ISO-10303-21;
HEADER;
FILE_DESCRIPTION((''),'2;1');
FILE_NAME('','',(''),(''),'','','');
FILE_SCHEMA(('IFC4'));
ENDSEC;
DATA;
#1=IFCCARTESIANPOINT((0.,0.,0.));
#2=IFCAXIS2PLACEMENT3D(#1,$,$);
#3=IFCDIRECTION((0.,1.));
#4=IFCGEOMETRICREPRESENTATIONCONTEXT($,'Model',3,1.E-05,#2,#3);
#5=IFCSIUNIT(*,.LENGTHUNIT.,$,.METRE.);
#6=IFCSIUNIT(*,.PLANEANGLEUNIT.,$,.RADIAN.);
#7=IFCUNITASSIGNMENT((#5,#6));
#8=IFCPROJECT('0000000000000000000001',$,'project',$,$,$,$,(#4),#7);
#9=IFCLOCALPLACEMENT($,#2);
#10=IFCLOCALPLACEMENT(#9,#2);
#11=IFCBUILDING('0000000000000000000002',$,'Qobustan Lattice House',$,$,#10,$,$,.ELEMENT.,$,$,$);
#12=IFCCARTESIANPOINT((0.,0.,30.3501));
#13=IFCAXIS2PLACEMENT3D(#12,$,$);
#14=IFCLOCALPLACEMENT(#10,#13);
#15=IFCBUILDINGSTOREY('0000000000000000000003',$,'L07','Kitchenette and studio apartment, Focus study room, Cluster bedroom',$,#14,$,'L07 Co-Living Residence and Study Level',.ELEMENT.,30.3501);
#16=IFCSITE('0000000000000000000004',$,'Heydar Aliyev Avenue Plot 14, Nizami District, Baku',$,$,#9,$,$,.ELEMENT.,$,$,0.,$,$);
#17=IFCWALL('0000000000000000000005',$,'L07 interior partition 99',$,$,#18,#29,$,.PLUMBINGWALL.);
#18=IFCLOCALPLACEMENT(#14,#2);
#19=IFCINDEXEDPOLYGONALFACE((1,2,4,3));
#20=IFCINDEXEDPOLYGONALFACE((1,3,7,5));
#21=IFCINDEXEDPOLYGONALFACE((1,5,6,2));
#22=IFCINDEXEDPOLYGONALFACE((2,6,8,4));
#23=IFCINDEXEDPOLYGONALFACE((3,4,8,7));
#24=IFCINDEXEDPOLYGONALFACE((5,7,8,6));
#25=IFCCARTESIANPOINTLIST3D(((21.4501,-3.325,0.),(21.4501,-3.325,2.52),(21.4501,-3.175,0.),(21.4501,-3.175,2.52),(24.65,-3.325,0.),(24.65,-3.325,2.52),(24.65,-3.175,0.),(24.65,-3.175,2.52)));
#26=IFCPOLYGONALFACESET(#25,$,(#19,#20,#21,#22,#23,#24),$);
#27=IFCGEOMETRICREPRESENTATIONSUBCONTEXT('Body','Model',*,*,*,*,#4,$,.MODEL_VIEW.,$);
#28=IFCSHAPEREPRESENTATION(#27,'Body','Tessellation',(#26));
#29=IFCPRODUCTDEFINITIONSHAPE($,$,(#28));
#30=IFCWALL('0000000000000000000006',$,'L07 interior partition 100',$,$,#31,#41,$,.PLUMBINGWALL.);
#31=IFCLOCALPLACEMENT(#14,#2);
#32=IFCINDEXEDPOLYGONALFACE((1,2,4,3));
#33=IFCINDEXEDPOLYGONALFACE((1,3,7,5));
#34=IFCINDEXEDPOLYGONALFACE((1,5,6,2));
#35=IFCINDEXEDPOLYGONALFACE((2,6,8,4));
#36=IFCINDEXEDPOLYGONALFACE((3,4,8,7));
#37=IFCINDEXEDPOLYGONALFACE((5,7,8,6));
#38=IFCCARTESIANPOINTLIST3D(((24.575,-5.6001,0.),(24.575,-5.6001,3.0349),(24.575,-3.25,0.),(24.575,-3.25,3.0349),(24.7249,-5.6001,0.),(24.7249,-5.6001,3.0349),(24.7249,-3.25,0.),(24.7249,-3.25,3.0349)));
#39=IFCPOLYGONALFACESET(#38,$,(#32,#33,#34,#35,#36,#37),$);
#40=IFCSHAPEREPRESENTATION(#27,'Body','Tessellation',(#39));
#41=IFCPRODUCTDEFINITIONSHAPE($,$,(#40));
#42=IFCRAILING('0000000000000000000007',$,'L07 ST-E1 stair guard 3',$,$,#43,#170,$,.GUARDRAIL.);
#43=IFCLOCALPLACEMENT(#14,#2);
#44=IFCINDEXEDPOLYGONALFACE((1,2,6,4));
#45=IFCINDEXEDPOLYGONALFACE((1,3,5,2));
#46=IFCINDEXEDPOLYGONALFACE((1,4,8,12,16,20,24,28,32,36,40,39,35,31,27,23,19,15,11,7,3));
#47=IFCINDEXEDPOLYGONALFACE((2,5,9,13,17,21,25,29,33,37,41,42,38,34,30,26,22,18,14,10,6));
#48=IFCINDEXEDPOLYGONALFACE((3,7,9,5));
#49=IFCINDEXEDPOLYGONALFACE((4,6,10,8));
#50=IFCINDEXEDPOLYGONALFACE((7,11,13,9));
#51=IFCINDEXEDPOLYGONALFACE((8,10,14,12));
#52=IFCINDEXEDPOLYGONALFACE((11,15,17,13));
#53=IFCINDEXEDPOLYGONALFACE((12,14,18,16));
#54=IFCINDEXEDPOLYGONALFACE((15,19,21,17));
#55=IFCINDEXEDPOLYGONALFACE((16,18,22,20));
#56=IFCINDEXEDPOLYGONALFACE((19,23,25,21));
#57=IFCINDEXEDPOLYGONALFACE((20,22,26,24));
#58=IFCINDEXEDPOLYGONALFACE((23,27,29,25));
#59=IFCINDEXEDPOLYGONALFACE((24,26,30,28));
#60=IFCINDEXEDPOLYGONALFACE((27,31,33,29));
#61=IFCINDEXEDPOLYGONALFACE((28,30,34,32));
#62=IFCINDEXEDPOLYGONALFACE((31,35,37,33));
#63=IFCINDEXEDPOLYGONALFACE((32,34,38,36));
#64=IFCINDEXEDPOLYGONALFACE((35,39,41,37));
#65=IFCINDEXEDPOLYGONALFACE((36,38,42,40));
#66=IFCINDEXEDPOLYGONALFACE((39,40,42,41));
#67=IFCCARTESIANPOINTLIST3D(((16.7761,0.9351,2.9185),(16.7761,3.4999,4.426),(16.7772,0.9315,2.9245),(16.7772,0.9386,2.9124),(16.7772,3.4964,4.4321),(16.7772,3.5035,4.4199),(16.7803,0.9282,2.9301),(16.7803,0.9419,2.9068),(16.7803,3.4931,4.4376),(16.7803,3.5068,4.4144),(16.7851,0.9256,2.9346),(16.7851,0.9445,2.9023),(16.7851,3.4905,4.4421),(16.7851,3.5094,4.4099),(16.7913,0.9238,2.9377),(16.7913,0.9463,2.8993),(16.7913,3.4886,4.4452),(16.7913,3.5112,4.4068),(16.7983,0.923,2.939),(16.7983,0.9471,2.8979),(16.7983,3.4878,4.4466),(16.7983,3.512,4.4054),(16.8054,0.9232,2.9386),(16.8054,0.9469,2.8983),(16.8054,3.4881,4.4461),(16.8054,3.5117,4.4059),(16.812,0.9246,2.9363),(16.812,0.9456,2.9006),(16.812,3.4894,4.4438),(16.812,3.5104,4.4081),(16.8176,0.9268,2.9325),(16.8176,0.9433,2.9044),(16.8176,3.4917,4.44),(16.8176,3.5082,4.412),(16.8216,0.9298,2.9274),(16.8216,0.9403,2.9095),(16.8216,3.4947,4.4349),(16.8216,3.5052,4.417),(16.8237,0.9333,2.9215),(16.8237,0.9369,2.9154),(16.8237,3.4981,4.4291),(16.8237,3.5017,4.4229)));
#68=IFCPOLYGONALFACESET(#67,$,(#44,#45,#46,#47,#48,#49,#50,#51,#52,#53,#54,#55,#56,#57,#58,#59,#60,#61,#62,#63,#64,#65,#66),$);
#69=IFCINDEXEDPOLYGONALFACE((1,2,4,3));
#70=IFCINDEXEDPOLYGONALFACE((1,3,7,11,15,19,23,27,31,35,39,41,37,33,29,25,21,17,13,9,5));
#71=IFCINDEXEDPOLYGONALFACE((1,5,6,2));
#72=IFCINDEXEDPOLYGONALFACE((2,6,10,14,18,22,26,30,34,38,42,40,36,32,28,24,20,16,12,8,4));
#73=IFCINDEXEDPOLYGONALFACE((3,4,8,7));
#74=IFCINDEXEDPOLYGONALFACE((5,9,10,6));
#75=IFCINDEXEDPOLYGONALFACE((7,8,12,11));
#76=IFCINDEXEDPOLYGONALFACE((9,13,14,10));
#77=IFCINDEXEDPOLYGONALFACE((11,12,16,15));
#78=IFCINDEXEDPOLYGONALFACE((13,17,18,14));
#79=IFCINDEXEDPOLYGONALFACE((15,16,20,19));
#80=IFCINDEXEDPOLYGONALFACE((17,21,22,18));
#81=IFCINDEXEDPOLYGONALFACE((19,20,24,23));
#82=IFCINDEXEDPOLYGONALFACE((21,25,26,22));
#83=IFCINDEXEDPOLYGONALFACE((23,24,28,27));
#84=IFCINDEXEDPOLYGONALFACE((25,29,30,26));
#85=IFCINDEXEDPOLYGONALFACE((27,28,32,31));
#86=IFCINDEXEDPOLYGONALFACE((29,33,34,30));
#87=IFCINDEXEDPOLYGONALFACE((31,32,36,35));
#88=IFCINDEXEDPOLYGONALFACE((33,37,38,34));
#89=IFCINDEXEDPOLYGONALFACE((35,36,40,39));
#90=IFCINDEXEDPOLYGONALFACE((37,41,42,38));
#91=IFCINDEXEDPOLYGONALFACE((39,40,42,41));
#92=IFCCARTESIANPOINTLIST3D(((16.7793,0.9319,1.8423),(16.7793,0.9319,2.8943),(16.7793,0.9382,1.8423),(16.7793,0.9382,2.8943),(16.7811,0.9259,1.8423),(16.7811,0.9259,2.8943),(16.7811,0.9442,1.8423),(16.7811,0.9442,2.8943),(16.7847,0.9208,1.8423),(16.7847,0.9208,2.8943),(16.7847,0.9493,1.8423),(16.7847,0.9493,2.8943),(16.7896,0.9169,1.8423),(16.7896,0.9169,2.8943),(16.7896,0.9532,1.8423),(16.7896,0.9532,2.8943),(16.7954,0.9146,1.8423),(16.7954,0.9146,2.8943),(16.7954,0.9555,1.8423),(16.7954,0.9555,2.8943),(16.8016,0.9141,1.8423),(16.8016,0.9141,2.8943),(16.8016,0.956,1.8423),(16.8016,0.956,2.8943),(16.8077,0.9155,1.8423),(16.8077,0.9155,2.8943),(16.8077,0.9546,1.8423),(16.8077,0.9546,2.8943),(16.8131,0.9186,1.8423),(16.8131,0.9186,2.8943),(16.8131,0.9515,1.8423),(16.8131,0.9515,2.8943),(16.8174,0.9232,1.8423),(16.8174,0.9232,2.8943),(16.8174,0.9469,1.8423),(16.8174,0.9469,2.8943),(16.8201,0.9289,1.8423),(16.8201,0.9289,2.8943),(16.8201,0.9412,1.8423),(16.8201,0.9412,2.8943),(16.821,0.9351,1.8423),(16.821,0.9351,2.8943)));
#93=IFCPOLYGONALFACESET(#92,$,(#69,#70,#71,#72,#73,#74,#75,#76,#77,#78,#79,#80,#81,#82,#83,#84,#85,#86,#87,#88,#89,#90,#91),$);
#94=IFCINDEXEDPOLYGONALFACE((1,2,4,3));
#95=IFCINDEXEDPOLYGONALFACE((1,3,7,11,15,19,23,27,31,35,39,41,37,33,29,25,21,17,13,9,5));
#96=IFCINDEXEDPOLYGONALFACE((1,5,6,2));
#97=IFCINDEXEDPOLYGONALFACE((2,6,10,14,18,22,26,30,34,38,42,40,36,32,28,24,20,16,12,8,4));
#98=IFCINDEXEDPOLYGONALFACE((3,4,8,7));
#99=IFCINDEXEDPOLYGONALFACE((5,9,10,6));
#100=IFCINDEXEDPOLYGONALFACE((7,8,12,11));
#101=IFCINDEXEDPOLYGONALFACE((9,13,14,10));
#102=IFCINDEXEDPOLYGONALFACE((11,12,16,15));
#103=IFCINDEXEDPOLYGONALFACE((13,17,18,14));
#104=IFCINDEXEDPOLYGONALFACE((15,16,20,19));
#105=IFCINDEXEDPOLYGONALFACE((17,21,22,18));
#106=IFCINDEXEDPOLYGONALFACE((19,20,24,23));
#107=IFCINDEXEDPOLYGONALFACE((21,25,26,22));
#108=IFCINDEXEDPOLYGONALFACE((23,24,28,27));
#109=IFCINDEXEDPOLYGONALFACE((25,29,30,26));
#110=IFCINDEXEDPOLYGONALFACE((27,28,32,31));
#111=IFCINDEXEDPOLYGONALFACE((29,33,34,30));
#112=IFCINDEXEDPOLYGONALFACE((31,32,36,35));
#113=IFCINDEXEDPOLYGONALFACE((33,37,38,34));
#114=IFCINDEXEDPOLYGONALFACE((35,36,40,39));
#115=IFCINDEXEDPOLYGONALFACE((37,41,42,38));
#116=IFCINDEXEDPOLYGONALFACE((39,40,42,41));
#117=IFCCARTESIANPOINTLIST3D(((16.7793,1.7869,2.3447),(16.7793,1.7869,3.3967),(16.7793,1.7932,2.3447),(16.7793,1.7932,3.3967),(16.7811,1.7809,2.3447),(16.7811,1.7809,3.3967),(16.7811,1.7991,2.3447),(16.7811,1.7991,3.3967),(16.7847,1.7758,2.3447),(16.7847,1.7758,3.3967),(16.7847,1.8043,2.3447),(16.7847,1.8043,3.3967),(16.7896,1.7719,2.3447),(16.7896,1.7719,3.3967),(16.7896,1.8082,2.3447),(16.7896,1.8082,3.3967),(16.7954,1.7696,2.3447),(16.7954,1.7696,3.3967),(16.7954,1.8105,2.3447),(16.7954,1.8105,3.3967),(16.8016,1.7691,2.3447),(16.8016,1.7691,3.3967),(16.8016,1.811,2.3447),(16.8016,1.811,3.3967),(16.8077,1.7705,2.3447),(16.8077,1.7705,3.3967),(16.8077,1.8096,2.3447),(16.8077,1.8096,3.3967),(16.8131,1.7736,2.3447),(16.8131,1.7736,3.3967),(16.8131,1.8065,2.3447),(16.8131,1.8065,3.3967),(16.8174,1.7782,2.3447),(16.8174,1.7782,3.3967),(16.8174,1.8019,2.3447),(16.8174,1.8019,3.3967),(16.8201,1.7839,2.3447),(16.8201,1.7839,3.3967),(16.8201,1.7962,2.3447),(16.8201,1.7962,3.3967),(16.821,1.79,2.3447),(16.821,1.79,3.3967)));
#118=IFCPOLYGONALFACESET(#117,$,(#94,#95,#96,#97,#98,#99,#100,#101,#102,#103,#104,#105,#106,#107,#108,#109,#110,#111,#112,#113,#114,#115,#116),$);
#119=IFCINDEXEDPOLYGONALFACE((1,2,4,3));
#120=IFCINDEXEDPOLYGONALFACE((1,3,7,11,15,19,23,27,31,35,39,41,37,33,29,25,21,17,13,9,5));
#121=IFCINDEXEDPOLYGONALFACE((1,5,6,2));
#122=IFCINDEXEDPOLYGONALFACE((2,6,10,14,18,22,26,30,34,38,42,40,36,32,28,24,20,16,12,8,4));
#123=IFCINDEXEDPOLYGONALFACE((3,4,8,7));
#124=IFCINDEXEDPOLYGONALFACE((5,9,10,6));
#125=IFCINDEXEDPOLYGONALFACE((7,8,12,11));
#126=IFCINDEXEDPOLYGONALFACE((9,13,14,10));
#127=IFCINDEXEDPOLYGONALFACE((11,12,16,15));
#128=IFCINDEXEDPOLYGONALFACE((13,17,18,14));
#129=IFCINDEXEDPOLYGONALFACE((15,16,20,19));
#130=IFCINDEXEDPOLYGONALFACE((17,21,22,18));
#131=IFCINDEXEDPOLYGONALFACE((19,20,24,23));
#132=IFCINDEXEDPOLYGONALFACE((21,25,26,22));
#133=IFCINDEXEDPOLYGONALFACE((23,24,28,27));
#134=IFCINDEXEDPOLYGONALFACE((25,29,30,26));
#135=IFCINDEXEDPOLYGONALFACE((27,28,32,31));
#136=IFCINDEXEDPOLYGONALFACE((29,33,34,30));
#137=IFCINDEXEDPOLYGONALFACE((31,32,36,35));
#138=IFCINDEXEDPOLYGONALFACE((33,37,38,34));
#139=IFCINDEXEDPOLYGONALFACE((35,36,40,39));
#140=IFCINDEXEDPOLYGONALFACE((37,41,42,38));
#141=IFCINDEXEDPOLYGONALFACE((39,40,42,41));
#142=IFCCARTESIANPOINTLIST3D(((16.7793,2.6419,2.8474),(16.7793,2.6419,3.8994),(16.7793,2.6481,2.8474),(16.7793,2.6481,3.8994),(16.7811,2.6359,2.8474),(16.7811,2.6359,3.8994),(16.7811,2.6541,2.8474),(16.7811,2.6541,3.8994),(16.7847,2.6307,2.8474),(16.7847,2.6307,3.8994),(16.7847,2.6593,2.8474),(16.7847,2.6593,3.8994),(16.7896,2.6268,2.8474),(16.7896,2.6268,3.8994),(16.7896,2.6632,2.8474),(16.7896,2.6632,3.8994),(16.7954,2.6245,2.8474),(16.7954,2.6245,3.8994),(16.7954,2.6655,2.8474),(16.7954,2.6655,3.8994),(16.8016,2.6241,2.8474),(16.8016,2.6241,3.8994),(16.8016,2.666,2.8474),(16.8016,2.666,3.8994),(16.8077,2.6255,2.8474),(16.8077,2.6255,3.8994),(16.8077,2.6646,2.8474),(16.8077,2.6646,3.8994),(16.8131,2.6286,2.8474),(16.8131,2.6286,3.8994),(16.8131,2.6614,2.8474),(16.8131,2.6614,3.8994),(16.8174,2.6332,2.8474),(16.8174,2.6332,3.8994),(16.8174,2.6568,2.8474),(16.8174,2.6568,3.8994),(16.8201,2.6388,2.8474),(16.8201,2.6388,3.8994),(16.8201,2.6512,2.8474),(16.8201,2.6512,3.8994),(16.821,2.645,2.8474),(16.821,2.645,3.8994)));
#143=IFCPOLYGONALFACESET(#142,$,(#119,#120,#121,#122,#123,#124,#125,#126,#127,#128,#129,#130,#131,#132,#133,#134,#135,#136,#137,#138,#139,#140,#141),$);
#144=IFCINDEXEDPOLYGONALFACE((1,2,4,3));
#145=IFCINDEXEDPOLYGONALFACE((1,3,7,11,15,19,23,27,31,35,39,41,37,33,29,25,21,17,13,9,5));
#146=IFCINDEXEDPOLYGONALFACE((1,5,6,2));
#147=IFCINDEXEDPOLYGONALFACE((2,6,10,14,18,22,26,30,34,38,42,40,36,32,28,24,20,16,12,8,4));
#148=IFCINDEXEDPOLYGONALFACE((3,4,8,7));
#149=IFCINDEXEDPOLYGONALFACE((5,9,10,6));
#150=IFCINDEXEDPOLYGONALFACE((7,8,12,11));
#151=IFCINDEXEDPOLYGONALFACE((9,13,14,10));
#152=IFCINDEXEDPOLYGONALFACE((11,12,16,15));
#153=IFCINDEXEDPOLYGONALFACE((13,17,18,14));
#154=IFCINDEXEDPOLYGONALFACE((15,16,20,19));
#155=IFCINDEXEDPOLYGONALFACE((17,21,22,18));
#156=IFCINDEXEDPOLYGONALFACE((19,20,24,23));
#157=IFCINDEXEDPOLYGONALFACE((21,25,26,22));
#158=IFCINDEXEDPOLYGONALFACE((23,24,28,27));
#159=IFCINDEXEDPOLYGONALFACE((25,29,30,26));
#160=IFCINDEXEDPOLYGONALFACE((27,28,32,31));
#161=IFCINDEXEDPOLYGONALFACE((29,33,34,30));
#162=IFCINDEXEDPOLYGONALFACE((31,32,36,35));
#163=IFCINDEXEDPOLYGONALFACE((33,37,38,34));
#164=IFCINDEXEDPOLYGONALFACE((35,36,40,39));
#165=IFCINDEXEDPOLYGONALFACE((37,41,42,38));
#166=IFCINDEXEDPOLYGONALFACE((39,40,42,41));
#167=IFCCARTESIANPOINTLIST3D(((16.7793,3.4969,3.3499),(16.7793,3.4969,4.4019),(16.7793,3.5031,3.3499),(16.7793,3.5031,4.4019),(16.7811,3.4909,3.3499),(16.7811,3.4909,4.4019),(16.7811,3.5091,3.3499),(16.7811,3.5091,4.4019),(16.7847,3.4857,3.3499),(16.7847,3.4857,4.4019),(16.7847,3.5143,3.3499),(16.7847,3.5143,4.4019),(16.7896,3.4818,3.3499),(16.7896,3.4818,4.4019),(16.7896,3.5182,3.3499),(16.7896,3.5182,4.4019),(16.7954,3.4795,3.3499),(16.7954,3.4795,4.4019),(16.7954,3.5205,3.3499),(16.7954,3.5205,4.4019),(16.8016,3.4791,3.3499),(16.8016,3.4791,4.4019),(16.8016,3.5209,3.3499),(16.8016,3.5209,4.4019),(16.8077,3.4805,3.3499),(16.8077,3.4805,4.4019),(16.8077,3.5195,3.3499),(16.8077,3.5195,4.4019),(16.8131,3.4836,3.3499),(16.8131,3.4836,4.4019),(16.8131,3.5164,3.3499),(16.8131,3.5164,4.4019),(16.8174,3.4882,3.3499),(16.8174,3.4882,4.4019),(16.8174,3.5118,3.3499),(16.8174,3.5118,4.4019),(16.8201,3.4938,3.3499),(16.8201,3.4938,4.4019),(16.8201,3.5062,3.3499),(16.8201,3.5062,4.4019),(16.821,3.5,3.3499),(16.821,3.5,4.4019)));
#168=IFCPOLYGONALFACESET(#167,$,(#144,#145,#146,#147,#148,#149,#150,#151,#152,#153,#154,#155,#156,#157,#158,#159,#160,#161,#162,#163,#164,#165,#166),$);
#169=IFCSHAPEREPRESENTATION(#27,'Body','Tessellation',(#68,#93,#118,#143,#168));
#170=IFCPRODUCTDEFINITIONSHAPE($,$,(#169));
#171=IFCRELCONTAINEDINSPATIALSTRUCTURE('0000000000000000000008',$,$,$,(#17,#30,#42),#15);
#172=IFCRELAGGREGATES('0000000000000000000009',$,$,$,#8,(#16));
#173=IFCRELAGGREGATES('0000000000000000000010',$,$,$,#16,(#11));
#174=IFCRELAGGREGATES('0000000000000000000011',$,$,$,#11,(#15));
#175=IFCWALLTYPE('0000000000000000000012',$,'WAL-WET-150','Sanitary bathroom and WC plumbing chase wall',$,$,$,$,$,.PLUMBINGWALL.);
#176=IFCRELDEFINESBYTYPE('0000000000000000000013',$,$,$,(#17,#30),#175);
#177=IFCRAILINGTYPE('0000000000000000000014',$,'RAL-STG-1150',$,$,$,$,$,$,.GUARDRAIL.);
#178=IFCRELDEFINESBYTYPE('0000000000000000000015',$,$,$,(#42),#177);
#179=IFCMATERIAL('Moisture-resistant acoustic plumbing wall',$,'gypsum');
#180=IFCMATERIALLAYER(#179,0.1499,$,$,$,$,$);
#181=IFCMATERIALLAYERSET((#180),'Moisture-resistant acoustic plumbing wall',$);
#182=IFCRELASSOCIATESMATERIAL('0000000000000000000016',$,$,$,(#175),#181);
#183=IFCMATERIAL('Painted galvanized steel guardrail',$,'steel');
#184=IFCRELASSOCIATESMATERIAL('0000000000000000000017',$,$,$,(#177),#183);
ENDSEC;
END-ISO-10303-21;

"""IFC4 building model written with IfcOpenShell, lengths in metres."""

from ifc_helpers import new_model, si_unit, direction, frame, frame_2d, origin, origin_2d, place, context, subcontext, project, spatial, rectangle, circle, extrude, material, layer, layer_set, type_object, element, save


model = new_model("IFC4")

# Units and contexts
model_context = context("Model", 3, precision=1e-05, world=origin(), true_north=direction((0.0, 1.0)))
body_context = subcontext(model_context, "Body", "Model", "MODEL_VIEW")
ifc_project = project(units=[si_unit("LENGTHUNIT", "METRE"), si_unit("PLANEANGLEUNIT", "RADIAN")], contexts=[model_context])

# Site, building, storey
site_placement = place(None, origin())
site = spatial("IfcSite", under=ifc_project, at=site_placement, Name="Heydar Aliyev Avenue Plot 14, Nizami District, Baku", CompositionType="ELEMENT", RefElevation=0.0)
building_placement = place(site_placement, origin())
building = spatial("IfcBuilding", under=site, at=building_placement, Name="Qobustan Lattice House", CompositionType="ELEMENT")
storey_placement = place(building_placement, frame((0.0, 0.0, 30.3501)))
storey = spatial("IfcBuildingStorey", under=building, at=storey_placement, Name="L07", Description="Kitchenette and studio apartment, Focus study room, Cluster bedroom", LongName="L07 Co-Living Residence and Study Level", CompositionType="ELEMENT", Elevation=30.3501)

# Shared definitions
ifc_material_1 = material(Name="Moisture-resistant acoustic plumbing wall", Category="gypsum")
ifc_layer_1 = layer(ifc_material_1, 0.1499)
ifc_layer_set_1 = layer_set([ifc_layer_1], Name="Moisture-resistant acoustic plumbing wall")
wall_type_1 = type_object("IfcWallType", Name="WAL-WET-150", Description="Sanitary bathroom and WC plumbing chase wall", PredefinedType="PLUMBINGWALL", material=ifc_layer_set_1)

# Walls
wall_1_placement = place(storey_placement, frame((21.45, -3.25, 0.0), z_axis=(0.0, 0.0, 1.0), x_axis=(1.0, 0.0, 0.0)))
element("IfcWall", 1, at=wall_1_placement, inside=storey, type_object=wall_type_1, Name="L07 interior partition 99", PredefinedType="PLUMBINGWALL", context=body_context, shape_type="SweptSolid", body=[
    extrude(rectangle(XDim=3.2, YDim=0.1499, at=frame_2d((1.6001, 0.0))), origin(), (0.0, 0.0, 1.0), 2.52),
])
wall_2_placement = place(storey_placement, frame((24.6499, -3.25, 0.0), z_axis=(0.0, 0.0, 1.0), x_axis=(0.0, -1.0, 0.0)))
element("IfcWall", 2, at=wall_2_placement, inside=storey, type_object=wall_type_1, Name="L07 interior partition 100", PredefinedType="PLUMBINGWALL", context=body_context, shape_type="SweptSolid", body=[
    extrude(rectangle(XDim=2.3501, YDim=0.1499, at=frame_2d((1.175, 0.0))), origin(), (0.0, 0.0, 1.0), 3.0349),
])

# Railing
ifc_material_2 = material(Name="Painted galvanized steel guardrail", Category="steel")
railing_type = type_object("IfcRailingType", Name="RAL-STG-1150", PredefinedType="GUARDRAIL", material=ifc_material_2)
railing_placement = place(storey_placement, frame((16.8, 0.9351, 1.8423)))
element("IfcRailing", 3, at=railing_placement, inside=storey, type_object=railing_type, Name="L07 ST-E1 stair guard 3", PredefinedType="GUARDRAIL", context=body_context, shape_type="SweptSolid", body=[
    extrude(circle(Radius=0.0239, at=origin_2d()), frame((0.0, 0.0, 1.0762), z_axis=(0.0, 0.862113, 0.506715), x_axis=(-1.0, 0.0, 0.0)), (0.0, 0.0, 1.0), 2.9751),
    extrude(circle(Radius=0.021, at=origin_2d()), origin(), (0.0, 0.0, 1.0), 1.052),
    extrude(circle(Radius=0.021, at=origin_2d()), frame((0.0, 0.855, 0.5024)), (0.0, 0.0, 1.0), 1.052),
    extrude(circle(Radius=0.021, at=origin_2d()), frame((0.0, 1.71, 1.0051)), (0.0, 0.0, 1.0), 1.052),
    extrude(circle(Radius=0.021, at=origin_2d()), frame((0.0, 2.5649, 1.5076)), (0.0, 0.0, 1.0), 1.052),
])

save(model, "model.ifc")
